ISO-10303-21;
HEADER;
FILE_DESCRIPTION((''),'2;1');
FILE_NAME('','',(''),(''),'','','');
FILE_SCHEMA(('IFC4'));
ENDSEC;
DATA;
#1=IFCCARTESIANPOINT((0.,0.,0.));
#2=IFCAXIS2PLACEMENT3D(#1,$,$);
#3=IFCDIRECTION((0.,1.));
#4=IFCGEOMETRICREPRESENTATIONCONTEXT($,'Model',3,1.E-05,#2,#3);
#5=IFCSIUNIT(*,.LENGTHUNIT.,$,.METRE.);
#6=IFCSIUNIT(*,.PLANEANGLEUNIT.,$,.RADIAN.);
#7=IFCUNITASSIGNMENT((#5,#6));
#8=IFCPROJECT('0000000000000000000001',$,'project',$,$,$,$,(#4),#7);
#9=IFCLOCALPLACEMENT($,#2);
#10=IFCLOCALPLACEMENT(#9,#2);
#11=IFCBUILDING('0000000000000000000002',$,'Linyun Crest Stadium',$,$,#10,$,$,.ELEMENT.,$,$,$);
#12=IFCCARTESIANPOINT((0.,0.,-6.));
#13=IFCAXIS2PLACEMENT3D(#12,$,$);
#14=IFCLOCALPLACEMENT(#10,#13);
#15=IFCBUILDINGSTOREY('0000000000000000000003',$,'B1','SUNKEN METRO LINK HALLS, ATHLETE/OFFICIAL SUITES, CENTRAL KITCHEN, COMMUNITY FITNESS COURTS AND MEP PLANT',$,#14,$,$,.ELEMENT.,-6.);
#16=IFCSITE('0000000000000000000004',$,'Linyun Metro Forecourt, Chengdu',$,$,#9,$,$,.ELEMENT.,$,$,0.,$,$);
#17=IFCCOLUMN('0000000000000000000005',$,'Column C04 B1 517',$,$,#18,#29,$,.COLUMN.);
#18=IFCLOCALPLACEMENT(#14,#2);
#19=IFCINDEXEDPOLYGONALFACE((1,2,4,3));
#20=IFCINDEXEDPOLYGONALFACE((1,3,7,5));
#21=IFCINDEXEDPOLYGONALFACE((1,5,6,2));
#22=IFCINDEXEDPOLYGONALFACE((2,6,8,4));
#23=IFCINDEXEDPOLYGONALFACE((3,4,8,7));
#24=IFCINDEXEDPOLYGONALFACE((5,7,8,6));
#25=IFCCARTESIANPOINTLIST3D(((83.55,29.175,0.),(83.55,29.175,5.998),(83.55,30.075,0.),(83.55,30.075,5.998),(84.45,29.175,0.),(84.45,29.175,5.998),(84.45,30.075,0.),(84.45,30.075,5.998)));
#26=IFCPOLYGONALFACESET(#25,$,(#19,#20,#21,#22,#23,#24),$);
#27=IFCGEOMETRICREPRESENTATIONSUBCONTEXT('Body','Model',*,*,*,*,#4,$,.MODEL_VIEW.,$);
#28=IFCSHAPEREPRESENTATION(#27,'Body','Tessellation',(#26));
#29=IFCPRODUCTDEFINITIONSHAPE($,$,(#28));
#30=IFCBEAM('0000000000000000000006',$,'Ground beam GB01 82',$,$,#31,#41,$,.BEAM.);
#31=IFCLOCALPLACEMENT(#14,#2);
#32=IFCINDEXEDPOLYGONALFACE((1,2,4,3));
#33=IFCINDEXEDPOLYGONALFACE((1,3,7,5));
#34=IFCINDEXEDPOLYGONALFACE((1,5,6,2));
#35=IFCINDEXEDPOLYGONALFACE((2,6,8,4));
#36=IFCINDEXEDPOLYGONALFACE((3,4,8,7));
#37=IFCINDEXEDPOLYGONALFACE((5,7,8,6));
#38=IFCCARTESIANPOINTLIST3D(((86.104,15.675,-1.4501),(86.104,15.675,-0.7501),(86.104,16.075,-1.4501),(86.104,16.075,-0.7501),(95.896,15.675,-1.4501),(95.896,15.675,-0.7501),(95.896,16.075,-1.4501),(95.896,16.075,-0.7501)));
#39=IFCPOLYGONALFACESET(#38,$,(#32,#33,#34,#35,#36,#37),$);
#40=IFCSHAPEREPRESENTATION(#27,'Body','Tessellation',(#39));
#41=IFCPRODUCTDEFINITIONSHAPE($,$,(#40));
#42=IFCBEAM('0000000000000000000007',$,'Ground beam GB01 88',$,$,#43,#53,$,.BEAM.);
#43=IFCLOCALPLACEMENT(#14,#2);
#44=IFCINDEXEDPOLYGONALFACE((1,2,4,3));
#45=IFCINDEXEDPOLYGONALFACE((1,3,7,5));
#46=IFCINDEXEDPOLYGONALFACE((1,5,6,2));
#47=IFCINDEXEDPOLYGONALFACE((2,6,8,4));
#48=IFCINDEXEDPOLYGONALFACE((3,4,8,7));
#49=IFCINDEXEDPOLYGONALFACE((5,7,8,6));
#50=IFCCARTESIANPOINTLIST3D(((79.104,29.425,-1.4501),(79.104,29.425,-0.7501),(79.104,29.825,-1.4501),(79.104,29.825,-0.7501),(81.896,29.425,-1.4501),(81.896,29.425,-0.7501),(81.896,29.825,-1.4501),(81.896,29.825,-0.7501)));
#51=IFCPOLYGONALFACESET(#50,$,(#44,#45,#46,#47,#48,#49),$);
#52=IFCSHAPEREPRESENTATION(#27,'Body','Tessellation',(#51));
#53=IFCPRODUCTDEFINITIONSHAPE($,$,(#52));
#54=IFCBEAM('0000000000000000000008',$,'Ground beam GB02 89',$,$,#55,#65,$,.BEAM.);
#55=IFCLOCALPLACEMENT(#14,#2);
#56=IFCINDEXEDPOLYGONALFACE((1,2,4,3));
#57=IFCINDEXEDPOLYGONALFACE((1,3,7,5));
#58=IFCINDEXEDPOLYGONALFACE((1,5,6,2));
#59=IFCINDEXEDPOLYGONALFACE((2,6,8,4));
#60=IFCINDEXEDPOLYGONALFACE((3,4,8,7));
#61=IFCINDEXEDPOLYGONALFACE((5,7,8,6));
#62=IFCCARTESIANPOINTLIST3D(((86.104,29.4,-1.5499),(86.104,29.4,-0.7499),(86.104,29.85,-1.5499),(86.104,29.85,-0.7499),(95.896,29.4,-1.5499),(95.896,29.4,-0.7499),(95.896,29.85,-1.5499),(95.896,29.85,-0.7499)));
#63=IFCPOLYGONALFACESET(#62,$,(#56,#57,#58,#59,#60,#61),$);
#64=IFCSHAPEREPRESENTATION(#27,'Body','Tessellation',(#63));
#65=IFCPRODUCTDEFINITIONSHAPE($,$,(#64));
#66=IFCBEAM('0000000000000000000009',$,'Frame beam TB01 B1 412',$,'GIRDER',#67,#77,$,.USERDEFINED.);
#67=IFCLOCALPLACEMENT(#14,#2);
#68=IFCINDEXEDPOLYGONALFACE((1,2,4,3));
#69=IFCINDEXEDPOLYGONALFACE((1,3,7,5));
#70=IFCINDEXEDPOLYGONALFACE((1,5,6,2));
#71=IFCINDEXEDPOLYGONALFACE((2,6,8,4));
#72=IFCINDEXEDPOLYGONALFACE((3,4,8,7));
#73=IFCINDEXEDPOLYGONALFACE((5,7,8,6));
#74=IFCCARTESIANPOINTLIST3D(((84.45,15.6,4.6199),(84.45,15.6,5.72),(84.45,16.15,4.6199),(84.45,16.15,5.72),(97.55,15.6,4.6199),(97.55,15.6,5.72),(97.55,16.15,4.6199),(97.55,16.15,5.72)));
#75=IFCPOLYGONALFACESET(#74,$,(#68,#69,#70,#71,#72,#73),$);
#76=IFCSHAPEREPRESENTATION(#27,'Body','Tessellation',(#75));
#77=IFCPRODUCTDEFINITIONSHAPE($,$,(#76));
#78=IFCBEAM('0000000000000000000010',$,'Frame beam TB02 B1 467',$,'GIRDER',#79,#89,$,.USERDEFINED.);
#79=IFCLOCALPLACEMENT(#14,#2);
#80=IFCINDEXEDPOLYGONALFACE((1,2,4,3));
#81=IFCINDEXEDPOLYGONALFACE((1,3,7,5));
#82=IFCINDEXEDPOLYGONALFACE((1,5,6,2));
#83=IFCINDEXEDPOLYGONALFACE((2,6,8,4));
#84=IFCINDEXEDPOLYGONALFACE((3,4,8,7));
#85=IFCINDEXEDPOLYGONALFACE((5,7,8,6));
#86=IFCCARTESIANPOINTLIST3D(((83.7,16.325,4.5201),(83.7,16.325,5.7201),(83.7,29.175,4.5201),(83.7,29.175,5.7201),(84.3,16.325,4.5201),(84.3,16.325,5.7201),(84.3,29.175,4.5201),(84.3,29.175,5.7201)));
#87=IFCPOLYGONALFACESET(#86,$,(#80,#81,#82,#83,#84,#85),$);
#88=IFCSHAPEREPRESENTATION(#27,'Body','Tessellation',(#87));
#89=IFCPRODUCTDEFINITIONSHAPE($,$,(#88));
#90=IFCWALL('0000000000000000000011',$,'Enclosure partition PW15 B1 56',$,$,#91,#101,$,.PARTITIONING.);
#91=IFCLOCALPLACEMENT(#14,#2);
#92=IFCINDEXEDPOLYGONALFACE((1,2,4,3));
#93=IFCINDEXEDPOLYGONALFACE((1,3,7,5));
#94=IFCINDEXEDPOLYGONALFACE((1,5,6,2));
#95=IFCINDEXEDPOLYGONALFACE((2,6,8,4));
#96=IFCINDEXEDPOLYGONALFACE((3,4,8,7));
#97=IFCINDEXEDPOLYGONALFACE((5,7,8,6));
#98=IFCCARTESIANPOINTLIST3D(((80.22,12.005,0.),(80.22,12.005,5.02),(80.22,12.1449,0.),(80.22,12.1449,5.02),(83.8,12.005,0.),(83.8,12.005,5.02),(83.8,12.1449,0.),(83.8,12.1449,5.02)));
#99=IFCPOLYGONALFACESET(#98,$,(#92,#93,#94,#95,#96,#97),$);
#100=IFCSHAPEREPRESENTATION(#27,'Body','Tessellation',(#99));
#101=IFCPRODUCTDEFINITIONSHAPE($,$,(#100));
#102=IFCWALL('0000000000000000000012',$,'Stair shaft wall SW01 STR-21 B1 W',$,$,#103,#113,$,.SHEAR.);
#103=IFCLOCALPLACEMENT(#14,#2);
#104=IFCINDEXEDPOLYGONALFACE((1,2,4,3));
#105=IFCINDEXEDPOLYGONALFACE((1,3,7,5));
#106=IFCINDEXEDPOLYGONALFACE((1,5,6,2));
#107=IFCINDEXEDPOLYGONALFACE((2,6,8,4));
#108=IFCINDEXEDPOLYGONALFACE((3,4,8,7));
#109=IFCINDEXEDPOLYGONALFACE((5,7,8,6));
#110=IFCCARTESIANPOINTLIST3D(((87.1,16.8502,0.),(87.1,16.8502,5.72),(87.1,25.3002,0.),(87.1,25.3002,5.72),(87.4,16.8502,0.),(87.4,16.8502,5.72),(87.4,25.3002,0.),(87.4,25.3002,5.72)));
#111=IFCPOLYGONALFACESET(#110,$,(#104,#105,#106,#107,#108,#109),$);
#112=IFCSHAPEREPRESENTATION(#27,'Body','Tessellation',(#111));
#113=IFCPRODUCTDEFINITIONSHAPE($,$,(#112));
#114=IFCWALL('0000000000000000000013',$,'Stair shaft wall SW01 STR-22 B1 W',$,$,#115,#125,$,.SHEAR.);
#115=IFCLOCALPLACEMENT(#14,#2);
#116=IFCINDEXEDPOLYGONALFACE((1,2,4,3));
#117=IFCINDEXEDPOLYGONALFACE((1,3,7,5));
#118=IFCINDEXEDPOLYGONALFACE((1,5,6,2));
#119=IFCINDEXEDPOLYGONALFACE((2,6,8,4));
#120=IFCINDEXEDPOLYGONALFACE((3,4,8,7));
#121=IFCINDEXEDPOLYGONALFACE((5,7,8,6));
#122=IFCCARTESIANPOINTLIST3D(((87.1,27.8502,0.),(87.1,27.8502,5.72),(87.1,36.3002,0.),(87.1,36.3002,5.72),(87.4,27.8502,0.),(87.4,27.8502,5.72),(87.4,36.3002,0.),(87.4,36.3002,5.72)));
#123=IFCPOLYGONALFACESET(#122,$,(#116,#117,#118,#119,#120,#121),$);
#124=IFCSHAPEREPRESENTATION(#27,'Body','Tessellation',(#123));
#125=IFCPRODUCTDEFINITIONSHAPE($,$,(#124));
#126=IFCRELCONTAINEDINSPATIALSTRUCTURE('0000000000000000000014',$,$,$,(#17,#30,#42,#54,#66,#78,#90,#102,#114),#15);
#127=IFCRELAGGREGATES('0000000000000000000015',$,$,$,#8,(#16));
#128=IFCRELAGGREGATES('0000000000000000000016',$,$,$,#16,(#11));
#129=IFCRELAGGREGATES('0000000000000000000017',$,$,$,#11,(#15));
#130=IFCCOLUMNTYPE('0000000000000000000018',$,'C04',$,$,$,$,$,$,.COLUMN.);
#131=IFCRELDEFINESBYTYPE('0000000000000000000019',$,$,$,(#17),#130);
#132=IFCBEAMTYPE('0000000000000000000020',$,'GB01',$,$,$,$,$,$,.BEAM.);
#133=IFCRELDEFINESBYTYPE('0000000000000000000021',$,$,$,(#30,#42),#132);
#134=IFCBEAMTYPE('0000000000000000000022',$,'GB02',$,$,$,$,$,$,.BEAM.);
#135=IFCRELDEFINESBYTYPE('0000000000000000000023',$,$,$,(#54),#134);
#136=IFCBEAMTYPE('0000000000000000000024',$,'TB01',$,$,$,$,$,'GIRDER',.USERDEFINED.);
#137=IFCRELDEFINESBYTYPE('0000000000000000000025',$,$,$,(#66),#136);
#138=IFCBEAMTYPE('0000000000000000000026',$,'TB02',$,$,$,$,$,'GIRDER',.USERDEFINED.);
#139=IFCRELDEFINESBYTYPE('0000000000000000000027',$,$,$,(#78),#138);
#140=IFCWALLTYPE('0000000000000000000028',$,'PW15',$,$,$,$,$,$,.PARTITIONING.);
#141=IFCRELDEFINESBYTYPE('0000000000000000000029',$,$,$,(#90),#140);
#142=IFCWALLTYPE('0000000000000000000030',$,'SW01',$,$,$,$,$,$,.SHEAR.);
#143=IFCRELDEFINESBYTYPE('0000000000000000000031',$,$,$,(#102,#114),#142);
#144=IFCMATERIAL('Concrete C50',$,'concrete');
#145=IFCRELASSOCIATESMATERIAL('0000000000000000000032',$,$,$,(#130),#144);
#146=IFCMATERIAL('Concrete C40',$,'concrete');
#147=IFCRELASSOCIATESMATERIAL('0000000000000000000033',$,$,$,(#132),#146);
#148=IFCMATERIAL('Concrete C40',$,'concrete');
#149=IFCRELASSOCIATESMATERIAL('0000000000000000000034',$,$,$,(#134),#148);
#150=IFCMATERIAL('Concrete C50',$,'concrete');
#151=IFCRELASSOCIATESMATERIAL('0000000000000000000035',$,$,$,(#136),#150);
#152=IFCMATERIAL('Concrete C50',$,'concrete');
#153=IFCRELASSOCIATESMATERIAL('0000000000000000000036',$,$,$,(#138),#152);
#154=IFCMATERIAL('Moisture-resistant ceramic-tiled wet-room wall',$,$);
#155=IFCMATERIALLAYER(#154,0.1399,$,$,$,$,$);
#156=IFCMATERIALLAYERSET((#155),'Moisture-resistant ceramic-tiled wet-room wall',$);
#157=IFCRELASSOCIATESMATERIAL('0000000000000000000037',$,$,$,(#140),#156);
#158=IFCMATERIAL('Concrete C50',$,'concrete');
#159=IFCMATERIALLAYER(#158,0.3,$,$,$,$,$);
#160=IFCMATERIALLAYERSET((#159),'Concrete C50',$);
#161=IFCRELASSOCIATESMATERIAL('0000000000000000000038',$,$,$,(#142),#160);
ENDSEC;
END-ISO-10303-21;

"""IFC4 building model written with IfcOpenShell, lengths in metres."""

from ifc_helpers import new_model, si_unit, direction, frame, frame_2d, origin, origin_2d, place, context, subcontext, project, spatial, rectangle, extrude, material, layer, layer_set, material_profile, profile_set, type_object, element, save


model = new_model("IFC4")

# Units and contexts
model_context = context("Model", 3, precision=1e-05, world=origin(), true_north=direction((0.0, 1.0)))
body_context = subcontext(model_context, "Body", "Model", "MODEL_VIEW")
ifc_project = project(units=[si_unit("LENGTHUNIT", "METRE"), si_unit("PLANEANGLEUNIT", "RADIAN")], contexts=[model_context])

# Site, building, storey
site_placement = place(None, origin())
site = spatial("IfcSite", under=ifc_project, at=site_placement, Name="Linyun Metro Forecourt, Chengdu", CompositionType="ELEMENT", RefElevation=0.0)
building_placement = place(site_placement, origin())
building = spatial("IfcBuilding", under=site, at=building_placement, Name="Linyun Crest Stadium", CompositionType="ELEMENT")
storey_placement = place(building_placement, frame((0.0, 0.0, -6.0)))
storey = spatial("IfcBuildingStorey", under=building, at=storey_placement, Name="B1", Description="SUNKEN METRO LINK HALLS, ATHLETE/OFFICIAL SUITES, CENTRAL KITCHEN, COMMUNITY FITNESS COURTS AND MEP PLANT", CompositionType="ELEMENT", Elevation=-6.0)

# Column
ifc_material_1 = material(Name="Concrete C50", Category="concrete")
ifc_material_profile_1 = material_profile(ifc_material_1, rectangle(XDim=0.8999, YDim=0.8999, at=origin_2d()), Name="RC 900x900")
ifc_profile_set_1 = profile_set([ifc_material_profile_1], Name="Concrete C50")
column_type = type_object("IfcColumnType", Name="C04", PredefinedType="COLUMN", material=ifc_profile_set_1)
for number, where, z_axis, x_axis, name in (
    (1, (84.0, 29.625, 0.0), (0.0, 0.0, 1.0), (1.0, 0.0, 0.0), "Column C04 B1 517"),
):
    element("IfcColumn", number, at=place(storey_placement, frame(where, z_axis=z_axis, x_axis=x_axis)), inside=storey, type_object=column_type, Name=name, PredefinedType="COLUMN", context=body_context, shape_type="SweptSolid", body=[
        extrude(rectangle(XDim=0.8999, YDim=0.8999, at=origin_2d()), origin(), (0.0, 0.0, 1.0), 5.998),
    ])

# Beams
ifc_material_2 = material(Name="Concrete C40", Category="concrete")
ifc_material_profile_2 = material_profile(ifc_material_2, rectangle(XDim=0.3999, YDim=0.7, at=origin_2d()), Name="RCB 700x400")
ifc_profile_set_2 = profile_set([ifc_material_profile_2], Name="Concrete C40")
beam_type_1 = type_object("IfcBeamType", Name="GB01", PredefinedType="BEAM", material=ifc_profile_set_2)
beam_1_placement = place(storey_placement, frame((86.104, 15.875, -1.1001), z_axis=(1.0, 0.0, 0.0), x_axis=(0.0, 1.0, 0.0)))
element("IfcBeam", 2, at=beam_1_placement, inside=storey, type_object=beam_type_1, Name="Ground beam GB01 82", PredefinedType="BEAM", context=body_context, shape_type="SweptSolid", body=[
    extrude(rectangle(XDim=0.3999, YDim=0.7, at=origin_2d()), origin(), (0.0, 0.0, 1.0), 9.792),
])
beam_2_placement = place(storey_placement, frame((79.104, 29.625, -1.1001), z_axis=(1.0, 0.0, 0.0), x_axis=(0.0, 1.0, 0.0)))
element("IfcBeam", 3, at=beam_2_placement, inside=storey, type_object=beam_type_1, Name="Ground beam GB01 88", PredefinedType="BEAM", context=body_context, shape_type="SweptSolid", body=[
    extrude(rectangle(XDim=0.3999, YDim=0.7, at=origin_2d()), origin(), (0.0, 0.0, 1.0), 2.792),
])
ifc_material_3 = material(Name="Concrete C40", Category="concrete")
ifc_material_profile_3 = material_profile(ifc_material_3, rectangle(XDim=0.45, YDim=0.8, at=origin_2d()), Name="RCB 800x450")
ifc_profile_set_3 = profile_set([ifc_material_profile_3], Name="Concrete C40")
beam_type_2 = type_object("IfcBeamType", Name="GB02", PredefinedType="BEAM", material=ifc_profile_set_3)
beam_3_placement = place(storey_placement, frame((86.104, 29.625, -1.1499), z_axis=(1.0, 0.0, 0.0), x_axis=(0.0, 1.0, 0.0)))
element("IfcBeam", 4, at=beam_3_placement, inside=storey, type_object=beam_type_2, Name="Ground beam GB02 89", PredefinedType="BEAM", context=body_context, shape_type="SweptSolid", body=[
    extrude(rectangle(XDim=0.45, YDim=0.8, at=origin_2d()), origin(), (0.0, 0.0, 1.0), 9.792),
])
ifc_material_4 = material(Name="Concrete C50", Category="concrete")
ifc_material_profile_4 = material_profile(ifc_material_4, rectangle(XDim=0.55, YDim=1.1001, at=origin_2d()), Name="RCB 1100x550")
ifc_profile_set_4 = profile_set([ifc_material_profile_4], Name="Concrete C50")
beam_type_3 = type_object("IfcBeamType", Name="TB01", ElementType="GIRDER", PredefinedType="USERDEFINED", material=ifc_profile_set_4)
beam_4_placement = place(storey_placement, frame((84.45, 15.875, 5.1699), z_axis=(1.0, 0.0, 0.0), x_axis=(0.0, 1.0, 0.0)))
element("IfcBeam", 5, at=beam_4_placement, inside=storey, type_object=beam_type_3, Name="Frame beam TB01 B1 412", ObjectType="GIRDER", PredefinedType="USERDEFINED", context=body_context, shape_type="SweptSolid", body=[
    extrude(rectangle(XDim=0.55, YDim=1.1001, at=origin_2d()), origin(), (0.0, 0.0, 1.0), 13.1001),
])
ifc_material_5 = material(Name="Concrete C50", Category="concrete")
ifc_material_profile_5 = material_profile(ifc_material_5, rectangle(XDim=0.6001, YDim=1.2, at=origin_2d()), Name="RCB 1200x600")
ifc_profile_set_5 = profile_set([ifc_material_profile_5], Name="Concrete C50")
beam_type_4 = type_object("IfcBeamType", Name="TB02", ElementType="GIRDER", PredefinedType="USERDEFINED", material=ifc_profile_set_5)
beam_5_placement = place(storey_placement, frame((84.0, 16.325, 5.1201), z_axis=(0.0, 1.0, 0.0), x_axis=(-1.0, 0.0, 0.0)))
element("IfcBeam", 6, at=beam_5_placement, inside=storey, type_object=beam_type_4, Name="Frame beam TB02 B1 467", ObjectType="GIRDER", PredefinedType="USERDEFINED", context=body_context, shape_type="SweptSolid", body=[
    extrude(rectangle(XDim=0.6001, YDim=1.2, at=origin_2d()), origin(), (0.0, 0.0, 1.0), 12.8501),
])

# Shared definitions
ifc_material_6 = material(Name="Moisture-resistant ceramic-tiled wet-room wall")
ifc_layer_1 = layer(ifc_material_6, 0.1399)
ifc_layer_set_1 = layer_set([ifc_layer_1], Name="Moisture-resistant ceramic-tiled wet-room wall")
wall_type_1 = type_object("IfcWallType", Name="PW15", PredefinedType="PARTITIONING", material=ifc_layer_set_1)

# Walls
wall_1_placement = place(storey_placement, frame((80.22, 12.075, 0.0), z_axis=(0.0, 0.0, 1.0), x_axis=(1.0, 0.0, 0.0)))
element("IfcWall", 7, at=wall_1_placement, inside=storey, type_object=wall_type_1, Name="Enclosure partition PW15 B1 56", PredefinedType="PARTITIONING", context=body_context, shape_type="SweptSolid", body=[
    extrude(rectangle(XDim=3.5801, YDim=0.1399, at=frame_2d((1.79, 0.0))), origin(), (0.0, 0.0, 1.0), 5.02),
])
ifc_material_7 = material(Name="Concrete C50", Category="concrete")
ifc_layer_2 = layer(ifc_material_7, 0.3)
ifc_layer_set_2 = layer_set([ifc_layer_2], Name="Concrete C50")
wall_type_2 = type_object("IfcWallType", Name="SW01", PredefinedType="SHEAR", material=ifc_layer_set_2)
for number, where, z_axis, x_axis, name in (
    (8, (87.25, 16.8501, 0.0), (0.0, 0.0, 1.0), (0.0, 1.0, 0.0), "Stair shaft wall SW01 STR-21 B1 W"),
    (9, (87.25, 27.8501, 0.0), (0.0, 0.0, 1.0), (0.0, 1.0, 0.0), "Stair shaft wall SW01 STR-22 B1 W"),
):
    element("IfcWall", number, at=place(storey_placement, frame(where, z_axis=z_axis, x_axis=x_axis)), inside=storey, type_object=wall_type_2, Name=name, PredefinedType="SHEAR", context=body_context, shape_type="SweptSolid", body=[
        extrude(rectangle(XDim=8.45, YDim=0.3, at=frame_2d((4.2251, 0.0))), origin(), (0.0, 0.0, 1.0), 5.72),
    ])

save(model, "model.ifc")
